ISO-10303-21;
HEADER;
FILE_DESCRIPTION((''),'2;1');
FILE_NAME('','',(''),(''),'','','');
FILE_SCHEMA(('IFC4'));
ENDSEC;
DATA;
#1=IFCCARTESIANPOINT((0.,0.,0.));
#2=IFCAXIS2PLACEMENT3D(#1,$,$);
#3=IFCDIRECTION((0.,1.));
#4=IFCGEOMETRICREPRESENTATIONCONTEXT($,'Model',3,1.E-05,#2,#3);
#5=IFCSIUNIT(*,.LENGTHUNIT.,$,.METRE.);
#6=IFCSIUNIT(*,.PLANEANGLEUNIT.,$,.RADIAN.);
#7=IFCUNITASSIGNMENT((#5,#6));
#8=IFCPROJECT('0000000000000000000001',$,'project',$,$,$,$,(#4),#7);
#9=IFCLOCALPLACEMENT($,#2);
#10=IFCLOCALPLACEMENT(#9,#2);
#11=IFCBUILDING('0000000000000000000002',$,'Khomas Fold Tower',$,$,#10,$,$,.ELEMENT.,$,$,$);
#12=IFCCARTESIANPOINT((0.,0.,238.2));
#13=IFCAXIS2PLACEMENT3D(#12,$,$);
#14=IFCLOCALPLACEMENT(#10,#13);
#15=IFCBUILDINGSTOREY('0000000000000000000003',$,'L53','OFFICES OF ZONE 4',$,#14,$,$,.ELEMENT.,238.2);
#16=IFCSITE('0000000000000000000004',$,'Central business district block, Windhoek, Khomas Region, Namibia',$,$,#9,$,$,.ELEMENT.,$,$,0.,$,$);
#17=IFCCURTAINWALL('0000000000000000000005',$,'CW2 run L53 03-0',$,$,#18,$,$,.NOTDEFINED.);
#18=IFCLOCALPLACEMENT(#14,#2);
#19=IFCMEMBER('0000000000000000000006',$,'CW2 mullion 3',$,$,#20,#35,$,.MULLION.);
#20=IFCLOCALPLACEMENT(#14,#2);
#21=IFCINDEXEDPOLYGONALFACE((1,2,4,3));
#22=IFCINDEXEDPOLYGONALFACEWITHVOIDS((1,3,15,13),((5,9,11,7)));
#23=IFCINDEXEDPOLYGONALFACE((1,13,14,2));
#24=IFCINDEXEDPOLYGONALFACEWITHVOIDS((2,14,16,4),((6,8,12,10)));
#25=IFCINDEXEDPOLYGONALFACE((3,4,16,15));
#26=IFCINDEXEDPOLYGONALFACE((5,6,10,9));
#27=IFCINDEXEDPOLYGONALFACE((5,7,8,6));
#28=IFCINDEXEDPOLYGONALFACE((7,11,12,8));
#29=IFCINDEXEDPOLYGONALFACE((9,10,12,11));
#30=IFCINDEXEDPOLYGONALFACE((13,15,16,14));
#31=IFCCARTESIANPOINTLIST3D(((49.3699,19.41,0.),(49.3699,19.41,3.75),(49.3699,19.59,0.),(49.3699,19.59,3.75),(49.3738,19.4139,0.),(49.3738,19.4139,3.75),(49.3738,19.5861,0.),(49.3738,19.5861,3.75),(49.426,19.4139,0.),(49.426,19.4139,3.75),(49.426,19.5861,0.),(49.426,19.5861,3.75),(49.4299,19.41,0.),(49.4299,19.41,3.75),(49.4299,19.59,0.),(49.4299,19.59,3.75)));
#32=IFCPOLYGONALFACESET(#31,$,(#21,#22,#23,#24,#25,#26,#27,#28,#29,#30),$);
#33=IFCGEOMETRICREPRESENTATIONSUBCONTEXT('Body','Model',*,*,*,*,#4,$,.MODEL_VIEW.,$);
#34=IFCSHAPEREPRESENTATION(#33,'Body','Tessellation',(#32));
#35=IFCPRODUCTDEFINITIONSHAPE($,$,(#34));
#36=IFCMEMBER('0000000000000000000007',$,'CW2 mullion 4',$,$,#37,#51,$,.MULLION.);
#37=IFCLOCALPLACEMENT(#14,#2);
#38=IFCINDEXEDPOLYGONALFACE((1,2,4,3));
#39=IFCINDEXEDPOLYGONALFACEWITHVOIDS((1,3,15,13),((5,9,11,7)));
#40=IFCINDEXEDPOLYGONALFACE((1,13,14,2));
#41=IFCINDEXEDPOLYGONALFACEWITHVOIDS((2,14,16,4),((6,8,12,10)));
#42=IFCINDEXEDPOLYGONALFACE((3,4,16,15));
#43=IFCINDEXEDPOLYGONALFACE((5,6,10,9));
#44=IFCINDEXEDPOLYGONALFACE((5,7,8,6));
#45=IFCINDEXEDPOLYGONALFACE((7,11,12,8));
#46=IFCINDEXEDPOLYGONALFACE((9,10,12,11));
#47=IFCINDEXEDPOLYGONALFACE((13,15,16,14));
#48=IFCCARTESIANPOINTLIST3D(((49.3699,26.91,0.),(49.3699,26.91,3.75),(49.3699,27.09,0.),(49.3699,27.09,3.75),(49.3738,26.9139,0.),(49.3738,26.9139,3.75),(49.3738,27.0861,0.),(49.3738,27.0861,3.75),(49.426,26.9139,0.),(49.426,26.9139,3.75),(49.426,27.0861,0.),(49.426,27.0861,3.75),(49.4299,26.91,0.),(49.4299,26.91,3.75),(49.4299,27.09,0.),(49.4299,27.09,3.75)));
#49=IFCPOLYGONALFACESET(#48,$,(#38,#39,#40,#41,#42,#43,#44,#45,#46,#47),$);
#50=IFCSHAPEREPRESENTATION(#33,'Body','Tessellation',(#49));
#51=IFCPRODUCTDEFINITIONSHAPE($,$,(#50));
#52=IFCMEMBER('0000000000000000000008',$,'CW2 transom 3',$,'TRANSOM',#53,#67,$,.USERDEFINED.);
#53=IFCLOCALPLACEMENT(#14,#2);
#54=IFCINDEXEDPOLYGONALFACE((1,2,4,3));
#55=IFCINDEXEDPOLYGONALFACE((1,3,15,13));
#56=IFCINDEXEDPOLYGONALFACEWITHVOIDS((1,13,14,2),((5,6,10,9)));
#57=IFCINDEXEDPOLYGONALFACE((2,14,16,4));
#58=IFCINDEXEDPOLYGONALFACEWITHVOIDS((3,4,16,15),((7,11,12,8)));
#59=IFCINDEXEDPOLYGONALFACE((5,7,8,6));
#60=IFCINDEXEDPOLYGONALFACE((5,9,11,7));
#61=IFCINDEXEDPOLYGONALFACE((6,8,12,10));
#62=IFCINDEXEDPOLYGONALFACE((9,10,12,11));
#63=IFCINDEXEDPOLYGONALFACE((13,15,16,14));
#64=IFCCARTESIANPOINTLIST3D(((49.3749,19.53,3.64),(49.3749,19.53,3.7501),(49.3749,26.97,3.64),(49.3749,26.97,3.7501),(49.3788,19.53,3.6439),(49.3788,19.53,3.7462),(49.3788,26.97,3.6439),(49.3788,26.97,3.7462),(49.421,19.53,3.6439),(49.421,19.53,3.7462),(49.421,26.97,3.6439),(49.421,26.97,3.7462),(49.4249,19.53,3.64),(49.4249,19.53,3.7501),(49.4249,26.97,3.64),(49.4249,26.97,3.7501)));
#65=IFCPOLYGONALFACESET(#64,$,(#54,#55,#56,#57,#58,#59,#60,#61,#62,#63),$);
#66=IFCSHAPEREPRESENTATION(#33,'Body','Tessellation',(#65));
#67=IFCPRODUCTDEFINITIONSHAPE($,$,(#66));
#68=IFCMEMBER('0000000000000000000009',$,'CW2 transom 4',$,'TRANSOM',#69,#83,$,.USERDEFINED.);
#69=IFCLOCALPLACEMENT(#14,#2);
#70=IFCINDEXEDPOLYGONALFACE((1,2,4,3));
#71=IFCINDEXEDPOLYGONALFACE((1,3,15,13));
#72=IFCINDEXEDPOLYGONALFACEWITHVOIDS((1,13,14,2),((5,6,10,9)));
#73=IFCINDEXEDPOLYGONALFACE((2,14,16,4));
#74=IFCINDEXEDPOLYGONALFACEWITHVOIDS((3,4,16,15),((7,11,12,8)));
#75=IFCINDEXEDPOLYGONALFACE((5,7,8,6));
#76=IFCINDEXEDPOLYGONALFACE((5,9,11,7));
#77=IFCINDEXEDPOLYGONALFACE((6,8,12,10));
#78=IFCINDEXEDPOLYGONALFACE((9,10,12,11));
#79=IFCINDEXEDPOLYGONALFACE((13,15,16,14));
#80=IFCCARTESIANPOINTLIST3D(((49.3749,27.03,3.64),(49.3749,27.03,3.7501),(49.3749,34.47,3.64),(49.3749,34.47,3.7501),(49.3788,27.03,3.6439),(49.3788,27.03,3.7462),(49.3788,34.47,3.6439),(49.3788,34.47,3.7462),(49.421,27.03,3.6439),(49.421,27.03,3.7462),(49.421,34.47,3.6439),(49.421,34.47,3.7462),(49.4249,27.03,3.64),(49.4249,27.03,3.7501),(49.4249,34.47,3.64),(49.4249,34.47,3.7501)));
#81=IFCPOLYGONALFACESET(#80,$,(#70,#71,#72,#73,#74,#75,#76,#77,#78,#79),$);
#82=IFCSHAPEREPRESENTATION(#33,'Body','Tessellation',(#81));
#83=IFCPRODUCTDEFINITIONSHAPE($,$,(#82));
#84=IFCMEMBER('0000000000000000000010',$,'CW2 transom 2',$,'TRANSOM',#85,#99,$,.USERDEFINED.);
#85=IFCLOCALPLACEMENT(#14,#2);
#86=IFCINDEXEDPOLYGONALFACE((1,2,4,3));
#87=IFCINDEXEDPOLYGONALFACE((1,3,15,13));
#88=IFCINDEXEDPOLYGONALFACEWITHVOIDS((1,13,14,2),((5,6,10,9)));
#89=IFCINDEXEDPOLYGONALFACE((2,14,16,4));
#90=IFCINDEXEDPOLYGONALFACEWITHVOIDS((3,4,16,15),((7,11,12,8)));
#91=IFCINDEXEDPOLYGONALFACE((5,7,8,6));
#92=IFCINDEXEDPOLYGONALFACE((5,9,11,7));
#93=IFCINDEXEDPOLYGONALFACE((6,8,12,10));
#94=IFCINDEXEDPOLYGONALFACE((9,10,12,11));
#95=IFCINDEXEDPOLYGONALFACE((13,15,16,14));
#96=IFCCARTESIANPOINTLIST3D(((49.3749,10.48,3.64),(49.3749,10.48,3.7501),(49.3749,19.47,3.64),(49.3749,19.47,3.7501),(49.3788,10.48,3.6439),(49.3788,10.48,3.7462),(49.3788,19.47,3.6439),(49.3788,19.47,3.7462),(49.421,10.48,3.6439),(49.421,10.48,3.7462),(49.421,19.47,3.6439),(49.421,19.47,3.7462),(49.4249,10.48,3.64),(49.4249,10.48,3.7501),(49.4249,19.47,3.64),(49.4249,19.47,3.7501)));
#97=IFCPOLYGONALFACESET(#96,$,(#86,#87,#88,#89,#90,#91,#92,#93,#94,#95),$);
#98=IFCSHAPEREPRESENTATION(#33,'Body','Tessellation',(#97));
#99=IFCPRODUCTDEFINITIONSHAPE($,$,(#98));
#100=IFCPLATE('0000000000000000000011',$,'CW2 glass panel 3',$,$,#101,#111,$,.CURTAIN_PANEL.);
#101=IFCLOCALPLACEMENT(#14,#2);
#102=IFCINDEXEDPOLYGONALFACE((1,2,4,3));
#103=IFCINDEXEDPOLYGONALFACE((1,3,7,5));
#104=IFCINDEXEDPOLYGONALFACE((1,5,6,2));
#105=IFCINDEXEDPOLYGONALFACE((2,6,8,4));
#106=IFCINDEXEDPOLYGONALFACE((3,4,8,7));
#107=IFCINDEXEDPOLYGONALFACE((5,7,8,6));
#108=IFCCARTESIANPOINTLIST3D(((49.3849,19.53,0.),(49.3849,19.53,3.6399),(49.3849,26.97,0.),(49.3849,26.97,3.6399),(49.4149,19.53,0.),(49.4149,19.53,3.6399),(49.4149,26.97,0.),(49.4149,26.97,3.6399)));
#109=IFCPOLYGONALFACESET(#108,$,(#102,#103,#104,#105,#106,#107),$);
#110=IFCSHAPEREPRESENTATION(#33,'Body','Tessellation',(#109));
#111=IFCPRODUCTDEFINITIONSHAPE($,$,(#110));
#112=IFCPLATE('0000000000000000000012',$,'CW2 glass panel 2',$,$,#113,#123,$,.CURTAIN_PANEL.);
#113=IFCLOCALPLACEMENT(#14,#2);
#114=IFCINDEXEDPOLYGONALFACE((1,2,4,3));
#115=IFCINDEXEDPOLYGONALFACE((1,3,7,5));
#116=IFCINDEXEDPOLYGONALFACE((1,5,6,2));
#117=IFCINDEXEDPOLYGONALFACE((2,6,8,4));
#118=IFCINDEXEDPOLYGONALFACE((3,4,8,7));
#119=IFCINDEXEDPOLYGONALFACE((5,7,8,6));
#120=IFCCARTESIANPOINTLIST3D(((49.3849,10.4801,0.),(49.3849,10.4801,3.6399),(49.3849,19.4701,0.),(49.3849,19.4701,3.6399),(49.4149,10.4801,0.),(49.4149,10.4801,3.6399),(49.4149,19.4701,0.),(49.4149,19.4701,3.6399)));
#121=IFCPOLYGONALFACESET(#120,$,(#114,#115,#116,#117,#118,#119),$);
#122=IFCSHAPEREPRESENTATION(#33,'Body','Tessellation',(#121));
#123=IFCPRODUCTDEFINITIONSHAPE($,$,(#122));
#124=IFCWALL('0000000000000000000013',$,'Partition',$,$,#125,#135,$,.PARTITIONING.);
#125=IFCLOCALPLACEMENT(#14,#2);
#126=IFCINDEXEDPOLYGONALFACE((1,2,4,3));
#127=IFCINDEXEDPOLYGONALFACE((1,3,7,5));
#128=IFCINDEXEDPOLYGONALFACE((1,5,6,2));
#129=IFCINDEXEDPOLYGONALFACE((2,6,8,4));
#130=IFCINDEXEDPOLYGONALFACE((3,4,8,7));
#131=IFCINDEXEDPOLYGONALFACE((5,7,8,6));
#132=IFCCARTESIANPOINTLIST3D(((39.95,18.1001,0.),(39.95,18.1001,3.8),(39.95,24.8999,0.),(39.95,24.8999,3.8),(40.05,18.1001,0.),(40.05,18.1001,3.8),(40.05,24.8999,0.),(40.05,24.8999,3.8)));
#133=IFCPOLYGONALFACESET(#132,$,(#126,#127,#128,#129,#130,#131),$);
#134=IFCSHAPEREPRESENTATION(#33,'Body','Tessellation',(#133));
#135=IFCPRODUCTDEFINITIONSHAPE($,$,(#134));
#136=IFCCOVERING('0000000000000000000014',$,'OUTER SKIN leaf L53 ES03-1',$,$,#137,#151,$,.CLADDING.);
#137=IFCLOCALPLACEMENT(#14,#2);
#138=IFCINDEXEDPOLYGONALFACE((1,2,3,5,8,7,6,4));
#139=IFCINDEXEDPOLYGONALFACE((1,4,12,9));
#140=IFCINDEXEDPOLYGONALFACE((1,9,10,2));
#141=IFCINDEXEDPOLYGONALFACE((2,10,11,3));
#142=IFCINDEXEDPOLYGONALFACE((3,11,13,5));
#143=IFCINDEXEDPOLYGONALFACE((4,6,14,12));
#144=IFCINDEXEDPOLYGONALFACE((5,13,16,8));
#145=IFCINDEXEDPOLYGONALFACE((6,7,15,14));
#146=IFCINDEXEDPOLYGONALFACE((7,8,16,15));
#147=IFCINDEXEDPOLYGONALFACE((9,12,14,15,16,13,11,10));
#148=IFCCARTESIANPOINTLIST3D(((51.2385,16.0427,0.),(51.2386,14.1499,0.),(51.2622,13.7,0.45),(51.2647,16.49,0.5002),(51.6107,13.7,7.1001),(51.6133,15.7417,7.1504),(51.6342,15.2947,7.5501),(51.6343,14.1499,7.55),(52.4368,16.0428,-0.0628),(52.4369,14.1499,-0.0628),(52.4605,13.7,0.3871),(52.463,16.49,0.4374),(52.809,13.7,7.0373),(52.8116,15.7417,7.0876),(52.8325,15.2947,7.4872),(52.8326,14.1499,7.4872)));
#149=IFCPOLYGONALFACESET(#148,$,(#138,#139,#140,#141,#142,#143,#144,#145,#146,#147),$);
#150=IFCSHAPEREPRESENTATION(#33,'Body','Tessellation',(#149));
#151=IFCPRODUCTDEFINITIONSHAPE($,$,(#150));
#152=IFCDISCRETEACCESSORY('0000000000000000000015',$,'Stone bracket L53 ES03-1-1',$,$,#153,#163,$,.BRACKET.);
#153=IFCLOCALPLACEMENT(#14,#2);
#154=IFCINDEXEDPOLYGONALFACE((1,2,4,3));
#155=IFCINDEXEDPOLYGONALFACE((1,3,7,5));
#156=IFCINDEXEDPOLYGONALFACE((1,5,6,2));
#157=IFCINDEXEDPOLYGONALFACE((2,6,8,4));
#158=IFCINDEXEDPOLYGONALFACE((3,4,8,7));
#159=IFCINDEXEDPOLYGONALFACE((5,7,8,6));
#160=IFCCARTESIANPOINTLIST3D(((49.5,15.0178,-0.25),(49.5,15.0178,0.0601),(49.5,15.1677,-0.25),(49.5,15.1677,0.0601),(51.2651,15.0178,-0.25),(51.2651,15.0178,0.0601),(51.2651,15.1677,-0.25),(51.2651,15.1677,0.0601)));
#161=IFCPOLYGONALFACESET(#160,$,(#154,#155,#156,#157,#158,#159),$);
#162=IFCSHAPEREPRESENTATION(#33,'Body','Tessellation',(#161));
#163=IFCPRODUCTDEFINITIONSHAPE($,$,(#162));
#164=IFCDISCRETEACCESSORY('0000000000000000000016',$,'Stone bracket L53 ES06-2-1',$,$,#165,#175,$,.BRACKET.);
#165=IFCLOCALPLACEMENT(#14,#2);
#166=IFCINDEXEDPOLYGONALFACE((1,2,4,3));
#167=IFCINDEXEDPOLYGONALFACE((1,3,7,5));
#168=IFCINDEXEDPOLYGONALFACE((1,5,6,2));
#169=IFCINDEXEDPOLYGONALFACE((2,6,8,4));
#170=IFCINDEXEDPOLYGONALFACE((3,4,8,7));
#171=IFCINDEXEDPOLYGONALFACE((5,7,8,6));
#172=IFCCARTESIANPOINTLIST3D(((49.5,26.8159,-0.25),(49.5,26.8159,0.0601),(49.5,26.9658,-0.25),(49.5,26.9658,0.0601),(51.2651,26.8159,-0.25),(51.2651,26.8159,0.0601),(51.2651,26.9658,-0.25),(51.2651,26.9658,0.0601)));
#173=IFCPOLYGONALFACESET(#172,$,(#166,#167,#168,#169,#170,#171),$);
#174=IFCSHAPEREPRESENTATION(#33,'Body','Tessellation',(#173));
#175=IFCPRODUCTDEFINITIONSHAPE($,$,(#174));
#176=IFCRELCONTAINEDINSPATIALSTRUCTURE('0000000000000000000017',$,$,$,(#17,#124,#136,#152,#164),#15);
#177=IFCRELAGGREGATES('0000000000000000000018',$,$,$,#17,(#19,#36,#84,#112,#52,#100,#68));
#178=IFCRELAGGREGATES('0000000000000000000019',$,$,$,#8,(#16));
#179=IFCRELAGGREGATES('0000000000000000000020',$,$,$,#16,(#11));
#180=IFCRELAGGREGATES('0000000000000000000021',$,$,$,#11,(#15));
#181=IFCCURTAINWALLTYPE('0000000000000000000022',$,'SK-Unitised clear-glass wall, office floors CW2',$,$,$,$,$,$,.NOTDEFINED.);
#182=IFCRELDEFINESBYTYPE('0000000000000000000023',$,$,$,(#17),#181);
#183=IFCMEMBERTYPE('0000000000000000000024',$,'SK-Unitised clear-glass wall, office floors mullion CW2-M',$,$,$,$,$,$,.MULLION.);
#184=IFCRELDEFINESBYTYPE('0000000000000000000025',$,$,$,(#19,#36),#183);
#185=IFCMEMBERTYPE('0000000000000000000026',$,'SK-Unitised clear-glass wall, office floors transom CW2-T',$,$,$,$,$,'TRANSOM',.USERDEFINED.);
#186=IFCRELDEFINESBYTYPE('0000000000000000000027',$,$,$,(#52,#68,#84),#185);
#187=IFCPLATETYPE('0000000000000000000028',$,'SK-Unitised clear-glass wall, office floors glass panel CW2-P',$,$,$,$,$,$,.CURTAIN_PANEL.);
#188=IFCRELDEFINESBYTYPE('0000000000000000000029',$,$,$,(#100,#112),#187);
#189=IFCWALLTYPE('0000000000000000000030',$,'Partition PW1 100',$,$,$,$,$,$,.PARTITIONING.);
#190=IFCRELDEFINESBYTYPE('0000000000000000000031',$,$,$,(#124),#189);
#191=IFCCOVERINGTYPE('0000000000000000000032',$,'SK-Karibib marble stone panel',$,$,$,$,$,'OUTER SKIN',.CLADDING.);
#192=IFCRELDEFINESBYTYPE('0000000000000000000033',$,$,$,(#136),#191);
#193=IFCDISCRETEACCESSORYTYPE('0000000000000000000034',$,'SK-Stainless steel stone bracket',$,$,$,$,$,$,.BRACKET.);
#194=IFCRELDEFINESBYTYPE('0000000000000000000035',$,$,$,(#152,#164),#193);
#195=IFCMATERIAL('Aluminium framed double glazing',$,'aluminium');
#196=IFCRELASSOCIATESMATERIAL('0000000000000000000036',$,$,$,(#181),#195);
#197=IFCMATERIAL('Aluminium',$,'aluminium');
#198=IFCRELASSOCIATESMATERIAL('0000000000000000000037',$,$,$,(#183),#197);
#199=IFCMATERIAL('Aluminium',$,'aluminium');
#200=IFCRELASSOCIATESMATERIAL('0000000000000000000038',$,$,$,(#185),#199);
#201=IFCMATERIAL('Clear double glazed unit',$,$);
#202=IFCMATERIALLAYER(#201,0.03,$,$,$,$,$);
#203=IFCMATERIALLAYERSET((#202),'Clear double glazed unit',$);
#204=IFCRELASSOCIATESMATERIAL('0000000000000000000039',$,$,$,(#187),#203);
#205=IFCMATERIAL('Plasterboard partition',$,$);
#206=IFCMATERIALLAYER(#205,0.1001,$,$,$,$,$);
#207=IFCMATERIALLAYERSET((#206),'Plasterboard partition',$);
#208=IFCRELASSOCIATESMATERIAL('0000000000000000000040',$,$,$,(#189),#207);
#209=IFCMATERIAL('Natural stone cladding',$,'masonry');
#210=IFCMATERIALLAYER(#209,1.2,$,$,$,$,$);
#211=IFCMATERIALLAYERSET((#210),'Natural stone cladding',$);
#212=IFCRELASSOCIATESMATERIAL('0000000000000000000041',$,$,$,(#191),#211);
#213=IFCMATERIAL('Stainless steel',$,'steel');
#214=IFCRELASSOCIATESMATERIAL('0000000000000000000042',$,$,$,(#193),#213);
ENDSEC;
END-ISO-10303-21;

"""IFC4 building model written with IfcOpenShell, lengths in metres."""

from ifc_helpers import new_model, si_unit, direction, frame, frame_2d, origin, origin_2d, place, context, subcontext, project, spatial, polyline, rectangle, hollow_rectangle, outline, extrude, source, transform, mapped, material, layer, layer_set, material_profile, profile_set, type_object, element, aggregate, save


model = new_model("IFC4")

# Units and contexts
model_context = context("Model", 3, precision=1e-05, world=origin(), true_north=direction((0.0, 1.0)))
body_context = subcontext(model_context, "Body", "Model", "MODEL_VIEW")
ifc_project = project(units=[si_unit("LENGTHUNIT", "METRE"), si_unit("PLANEANGLEUNIT", "RADIAN")], contexts=[model_context])

# Site, building, storey
site_placement = place(None, origin())
site = spatial("IfcSite", under=ifc_project, at=site_placement, Name="Central business district block, Windhoek, Khomas Region, Namibia", CompositionType="ELEMENT", RefElevation=0.0)
building_placement = place(site_placement, origin())
building = spatial("IfcBuilding", under=site, at=building_placement, Name="Khomas Fold Tower", CompositionType="ELEMENT")
storey_placement = place(building_placement, frame((0.0, 0.0, 238.2)))
storey = spatial("IfcBuildingStorey", under=building, at=storey_placement, Name="L53", Description="OFFICES OF ZONE 4", CompositionType="ELEMENT", Elevation=238.2)

# Curtain wall, members, plates
ifc_material_1 = material(Name="Aluminium framed double glazing", Category="aluminium")
curtain_wall_type = type_object("IfcCurtainWallType", Name="SK-Unitised clear-glass wall, office floors CW2", PredefinedType="NOTDEFINED", material=ifc_material_1)
curtain_wall_placement = place(storey_placement, origin())
curtain_wall = element("IfcCurtainWall", 1, at=curtain_wall_placement, inside=storey, type_object=curtain_wall_type, Name="CW2 run L53 03-0", PredefinedType="NOTDEFINED")
ifc_material_2 = material(Name="Aluminium", Category="aluminium")
ifc_material_profile_1 = material_profile(ifc_material_2, hollow_rectangle(XDim=0.0601, YDim=0.1799, WallThickness=0.0039, at=origin_2d()), Name="SK-Unitised clear-glass wall, office floors mullion CW2-M")
ifc_profile_set_1 = profile_set([ifc_material_profile_1], Name="Aluminium")
member_type_1 = type_object("IfcMemberType", Name="SK-Unitised clear-glass wall, office floors mullion CW2-M", PredefinedType="MULLION", material=ifc_profile_set_1)
shared_shape_1 = source(origin(), body_context, "Body", "SweptSolid", [
    extrude(hollow_rectangle(XDim=0.0601, YDim=0.1799, WallThickness=0.0039, at=origin_2d()), origin(), (0.0, 0.0, 1.0), 3.75),
])
member_1_placement = place(storey_placement, frame((49.3999, 19.5, 0.0), z_axis=(0.0, 0.0, 1.0), x_axis=(-1.0, 0.0, 0.0)))
member_1 = element("IfcMember", 2, at=member_1_placement, type_object=member_type_1, Name="CW2 mullion 3", PredefinedType="MULLION", context=body_context, shape_type="MappedRepresentation", body=[
    mapped(shared_shape_1, transform((0.0, 0.0, 0.0))),
])
member_2_placement = place(storey_placement, frame((49.3999, 27.0, 0.0), z_axis=(0.0, 0.0, 1.0), x_axis=(-1.0, 0.0, 0.0)))
member_2 = element("IfcMember", 3, at=member_2_placement, type_object=member_type_1, Name="CW2 mullion 4", PredefinedType="MULLION", context=body_context, shape_type="MappedRepresentation", body=[
    mapped(shared_shape_1, transform((0.0, 0.0, 0.0))),
])
ifc_material_3 = material(Name="Aluminium", Category="aluminium")
ifc_material_profile_2 = material_profile(ifc_material_3, hollow_rectangle(XDim=0.05, YDim=0.1101, WallThickness=0.0039, at=origin_2d()), Name="SK-Unitised clear-glass wall, office floors transom CW2-T")
ifc_profile_set_2 = profile_set([ifc_material_profile_2], Name="Aluminium")
member_type_2 = type_object("IfcMemberType", Name="SK-Unitised clear-glass wall, office floors transom CW2-T", ElementType="TRANSOM", PredefinedType="USERDEFINED", material=ifc_profile_set_2)
shared_shape_2 = source(origin(), body_context, "Body", "SweptSolid", [
    extrude(hollow_rectangle(XDim=0.05, YDim=0.1101, WallThickness=0.0039, at=origin_2d()), origin(), (0.0, 0.0, 1.0), 7.4399),
])
member_3_placement = place(storey_placement, frame((49.3999, 19.53, 3.6951), z_axis=(0.0, 1.0, 0.0), x_axis=(-1.0, 0.0, 0.0)))
member_3 = element("IfcMember", 4, at=member_3_placement, type_object=member_type_2, Name="CW2 transom 3", ObjectType="TRANSOM", PredefinedType="USERDEFINED", context=body_context, shape_type="MappedRepresentation", body=[
    mapped(shared_shape_2, transform((0.0, 0.0, 0.0))),
])
member_4_placement = place(storey_placement, frame((49.3999, 27.03, 3.6951), z_axis=(0.0, 1.0, 0.0), x_axis=(-1.0, 0.0, 0.0)))
member_4 = element("IfcMember", 5, at=member_4_placement, type_object=member_type_2, Name="CW2 transom 4", ObjectType="TRANSOM", PredefinedType="USERDEFINED", context=body_context, shape_type="MappedRepresentation", body=[
    mapped(shared_shape_2, transform((0.0, 0.0, 0.0))),
])
shared_shape_3 = source(origin(), body_context, "Body", "SweptSolid", [
    extrude(hollow_rectangle(XDim=0.05, YDim=0.1101, WallThickness=0.0039, at=origin_2d()), origin(), (0.0, 0.0, 1.0), 8.99),
])
member_5_placement = place(storey_placement, frame((49.3999, 10.48, 3.6951), z_axis=(0.0, 1.0, 0.0), x_axis=(-1.0, 0.0, 0.0)))
member_5 = element("IfcMember", 6, at=member_5_placement, type_object=member_type_2, Name="CW2 transom 2", ObjectType="TRANSOM", PredefinedType="USERDEFINED", context=body_context, shape_type="MappedRepresentation", body=[
    mapped(shared_shape_3, transform((0.0, 0.0, 0.0))),
])
ifc_material_4 = material(Name="Clear double glazed unit")
ifc_layer_1 = layer(ifc_material_4, 0.03)
ifc_layer_set_1 = layer_set([ifc_layer_1], Name="Clear double glazed unit")
plate_type = type_object("IfcPlateType", Name="SK-Unitised clear-glass wall, office floors glass panel CW2-P", PredefinedType="CURTAIN_PANEL", material=ifc_layer_set_1)
shared_shape_4 = source(origin(), body_context, "Body", "SweptSolid", [
    extrude(rectangle(XDim=7.4399, YDim=0.03, at=origin_2d()), origin(), (0.0, 0.0, 1.0), 3.6399),
])
plate_1_placement = place(storey_placement, frame((49.3999, 23.25, 0.0), z_axis=(0.0, 0.0, 1.0), x_axis=(0.0, 1.0, 0.0)))
plate_1 = element("IfcPlate", 7, at=plate_1_placement, type_object=plate_type, Name="CW2 glass panel 3", PredefinedType="CURTAIN_PANEL", context=body_context, shape_type="MappedRepresentation", body=[
    mapped(shared_shape_4, transform((0.0, 0.0, 0.0))),
])
shared_shape_5 = source(origin(), body_context, "Body", "SweptSolid", [
    extrude(rectangle(XDim=8.99, YDim=0.03, at=origin_2d()), origin(), (0.0, 0.0, 1.0), 3.6399),
])
plate_2_placement = place(storey_placement, frame((49.3999, 14.9751, 0.0), z_axis=(0.0, 0.0, 1.0), x_axis=(0.0, 1.0, 0.0)))
plate_2 = element("IfcPlate", 8, at=plate_2_placement, type_object=plate_type, Name="CW2 glass panel 2", PredefinedType="CURTAIN_PANEL", context=body_context, shape_type="MappedRepresentation", body=[
    mapped(shared_shape_5, transform((0.0, 0.0, 0.0))),
])
aggregate(curtain_wall, [member_1, member_2, member_5, plate_2, member_3, plate_1, member_4])

# Wall
ifc_material_5 = material(Name="Plasterboard partition")
ifc_layer_2 = layer(ifc_material_5, 0.1001)
ifc_layer_set_2 = layer_set([ifc_layer_2], Name="Plasterboard partition")
wall_type = type_object("IfcWallType", Name="Partition PW1 100", PredefinedType="PARTITIONING", material=ifc_layer_set_2)
shared_shape_6 = source(origin(), body_context, "Body", "SweptSolid", [
    extrude(rectangle(XDim=6.7998, YDim=0.1001, at=frame_2d((3.3999, 0.0))), origin(), (0.0, 0.0, 1.0), 3.8),
])
wall_placement = place(storey_placement, frame((40.0, 18.1001, 0.0), z_axis=(0.0, 0.0, 1.0), x_axis=(0.0, 1.0, 0.0)))
element("IfcWall", 9, at=wall_placement, inside=storey, type_object=wall_type, Name="Partition", PredefinedType="PARTITIONING", context=body_context, shape_type="MappedRepresentation", body=[
    mapped(shared_shape_6, transform((0.0, 0.0, 0.0))),
])

# Covering
ifc_material_6 = material(Name="Natural stone cladding", Category="masonry")
ifc_layer_3 = layer(ifc_material_6, 1.2)
ifc_layer_set_3 = layer_set([ifc_layer_3], Name="Natural stone cladding")
covering_type = type_object("IfcCoveringType", Name="SK-Karibib marble stone panel", ElementType="OUTER SKIN", PredefinedType="CLADDING", material=ifc_layer_set_3)
covering_placement = place(storey_placement, frame((51.6133, 15.7417, 7.1504), z_axis=(-0.998629, -0.000029, 0.05234), x_axis=(-0.052016, 0.111665, -0.992384)))
element("IfcCovering", 10, at=covering_placement, inside=storey, type_object=covering_type, Name="OUTER SKIN leaf L53 ES03-1", PredefinedType="CLADDING", context=body_context, shape_type="SweptSolid", body=[
    extrude(outline(polyline([(0.0, 0.0), (6.7012, 0.0), (7.149, 0.5004), (6.9377, 2.3814), (6.4397, 2.7782), (-0.1779, 2.0346), (-0.5755, 1.5372), (-0.4476, 0.3995), (0.0, 0.0)])), origin(), (0.0, 0.0, -1.0), 1.2),
])

# Discrete accessories
ifc_material_7 = material(Name="Stainless steel", Category="steel")
discrete_accessory_type = type_object("IfcDiscreteAccessoryType", Name="SK-Stainless steel stone bracket", PredefinedType="BRACKET", material=ifc_material_7)
shared_shape_7 = source(origin(), body_context, "Body", "SweptSolid", [
    extrude(rectangle(XDim=1.7651, YDim=0.1499, at=origin_2d()), origin(), (0.0, 0.0, 1.0), 0.3101),
])
for number, where, z_axis, x_axis, name in (
    (11, (50.3826, 15.0928, -0.25), (0.0, 0.0, 1.0), (1.0, 0.0, 0.0), "Stone bracket L53 ES03-1-1"),
    (12, (50.3826, 26.8909, -0.25), (0.0, 0.0, 1.0), (1.0, 0.0, 0.0), "Stone bracket L53 ES06-2-1"),
):
    element("IfcDiscreteAccessory", number, at=place(storey_placement, frame(where, z_axis=z_axis, x_axis=x_axis)), inside=storey, type_object=discrete_accessory_type, Name=name, PredefinedType="BRACKET", context=body_context, shape_type="MappedRepresentation", body=[
        mapped(shared_shape_7, transform((0.0, 0.0, 0.0))),
    ])

save(model, "model.ifc")
